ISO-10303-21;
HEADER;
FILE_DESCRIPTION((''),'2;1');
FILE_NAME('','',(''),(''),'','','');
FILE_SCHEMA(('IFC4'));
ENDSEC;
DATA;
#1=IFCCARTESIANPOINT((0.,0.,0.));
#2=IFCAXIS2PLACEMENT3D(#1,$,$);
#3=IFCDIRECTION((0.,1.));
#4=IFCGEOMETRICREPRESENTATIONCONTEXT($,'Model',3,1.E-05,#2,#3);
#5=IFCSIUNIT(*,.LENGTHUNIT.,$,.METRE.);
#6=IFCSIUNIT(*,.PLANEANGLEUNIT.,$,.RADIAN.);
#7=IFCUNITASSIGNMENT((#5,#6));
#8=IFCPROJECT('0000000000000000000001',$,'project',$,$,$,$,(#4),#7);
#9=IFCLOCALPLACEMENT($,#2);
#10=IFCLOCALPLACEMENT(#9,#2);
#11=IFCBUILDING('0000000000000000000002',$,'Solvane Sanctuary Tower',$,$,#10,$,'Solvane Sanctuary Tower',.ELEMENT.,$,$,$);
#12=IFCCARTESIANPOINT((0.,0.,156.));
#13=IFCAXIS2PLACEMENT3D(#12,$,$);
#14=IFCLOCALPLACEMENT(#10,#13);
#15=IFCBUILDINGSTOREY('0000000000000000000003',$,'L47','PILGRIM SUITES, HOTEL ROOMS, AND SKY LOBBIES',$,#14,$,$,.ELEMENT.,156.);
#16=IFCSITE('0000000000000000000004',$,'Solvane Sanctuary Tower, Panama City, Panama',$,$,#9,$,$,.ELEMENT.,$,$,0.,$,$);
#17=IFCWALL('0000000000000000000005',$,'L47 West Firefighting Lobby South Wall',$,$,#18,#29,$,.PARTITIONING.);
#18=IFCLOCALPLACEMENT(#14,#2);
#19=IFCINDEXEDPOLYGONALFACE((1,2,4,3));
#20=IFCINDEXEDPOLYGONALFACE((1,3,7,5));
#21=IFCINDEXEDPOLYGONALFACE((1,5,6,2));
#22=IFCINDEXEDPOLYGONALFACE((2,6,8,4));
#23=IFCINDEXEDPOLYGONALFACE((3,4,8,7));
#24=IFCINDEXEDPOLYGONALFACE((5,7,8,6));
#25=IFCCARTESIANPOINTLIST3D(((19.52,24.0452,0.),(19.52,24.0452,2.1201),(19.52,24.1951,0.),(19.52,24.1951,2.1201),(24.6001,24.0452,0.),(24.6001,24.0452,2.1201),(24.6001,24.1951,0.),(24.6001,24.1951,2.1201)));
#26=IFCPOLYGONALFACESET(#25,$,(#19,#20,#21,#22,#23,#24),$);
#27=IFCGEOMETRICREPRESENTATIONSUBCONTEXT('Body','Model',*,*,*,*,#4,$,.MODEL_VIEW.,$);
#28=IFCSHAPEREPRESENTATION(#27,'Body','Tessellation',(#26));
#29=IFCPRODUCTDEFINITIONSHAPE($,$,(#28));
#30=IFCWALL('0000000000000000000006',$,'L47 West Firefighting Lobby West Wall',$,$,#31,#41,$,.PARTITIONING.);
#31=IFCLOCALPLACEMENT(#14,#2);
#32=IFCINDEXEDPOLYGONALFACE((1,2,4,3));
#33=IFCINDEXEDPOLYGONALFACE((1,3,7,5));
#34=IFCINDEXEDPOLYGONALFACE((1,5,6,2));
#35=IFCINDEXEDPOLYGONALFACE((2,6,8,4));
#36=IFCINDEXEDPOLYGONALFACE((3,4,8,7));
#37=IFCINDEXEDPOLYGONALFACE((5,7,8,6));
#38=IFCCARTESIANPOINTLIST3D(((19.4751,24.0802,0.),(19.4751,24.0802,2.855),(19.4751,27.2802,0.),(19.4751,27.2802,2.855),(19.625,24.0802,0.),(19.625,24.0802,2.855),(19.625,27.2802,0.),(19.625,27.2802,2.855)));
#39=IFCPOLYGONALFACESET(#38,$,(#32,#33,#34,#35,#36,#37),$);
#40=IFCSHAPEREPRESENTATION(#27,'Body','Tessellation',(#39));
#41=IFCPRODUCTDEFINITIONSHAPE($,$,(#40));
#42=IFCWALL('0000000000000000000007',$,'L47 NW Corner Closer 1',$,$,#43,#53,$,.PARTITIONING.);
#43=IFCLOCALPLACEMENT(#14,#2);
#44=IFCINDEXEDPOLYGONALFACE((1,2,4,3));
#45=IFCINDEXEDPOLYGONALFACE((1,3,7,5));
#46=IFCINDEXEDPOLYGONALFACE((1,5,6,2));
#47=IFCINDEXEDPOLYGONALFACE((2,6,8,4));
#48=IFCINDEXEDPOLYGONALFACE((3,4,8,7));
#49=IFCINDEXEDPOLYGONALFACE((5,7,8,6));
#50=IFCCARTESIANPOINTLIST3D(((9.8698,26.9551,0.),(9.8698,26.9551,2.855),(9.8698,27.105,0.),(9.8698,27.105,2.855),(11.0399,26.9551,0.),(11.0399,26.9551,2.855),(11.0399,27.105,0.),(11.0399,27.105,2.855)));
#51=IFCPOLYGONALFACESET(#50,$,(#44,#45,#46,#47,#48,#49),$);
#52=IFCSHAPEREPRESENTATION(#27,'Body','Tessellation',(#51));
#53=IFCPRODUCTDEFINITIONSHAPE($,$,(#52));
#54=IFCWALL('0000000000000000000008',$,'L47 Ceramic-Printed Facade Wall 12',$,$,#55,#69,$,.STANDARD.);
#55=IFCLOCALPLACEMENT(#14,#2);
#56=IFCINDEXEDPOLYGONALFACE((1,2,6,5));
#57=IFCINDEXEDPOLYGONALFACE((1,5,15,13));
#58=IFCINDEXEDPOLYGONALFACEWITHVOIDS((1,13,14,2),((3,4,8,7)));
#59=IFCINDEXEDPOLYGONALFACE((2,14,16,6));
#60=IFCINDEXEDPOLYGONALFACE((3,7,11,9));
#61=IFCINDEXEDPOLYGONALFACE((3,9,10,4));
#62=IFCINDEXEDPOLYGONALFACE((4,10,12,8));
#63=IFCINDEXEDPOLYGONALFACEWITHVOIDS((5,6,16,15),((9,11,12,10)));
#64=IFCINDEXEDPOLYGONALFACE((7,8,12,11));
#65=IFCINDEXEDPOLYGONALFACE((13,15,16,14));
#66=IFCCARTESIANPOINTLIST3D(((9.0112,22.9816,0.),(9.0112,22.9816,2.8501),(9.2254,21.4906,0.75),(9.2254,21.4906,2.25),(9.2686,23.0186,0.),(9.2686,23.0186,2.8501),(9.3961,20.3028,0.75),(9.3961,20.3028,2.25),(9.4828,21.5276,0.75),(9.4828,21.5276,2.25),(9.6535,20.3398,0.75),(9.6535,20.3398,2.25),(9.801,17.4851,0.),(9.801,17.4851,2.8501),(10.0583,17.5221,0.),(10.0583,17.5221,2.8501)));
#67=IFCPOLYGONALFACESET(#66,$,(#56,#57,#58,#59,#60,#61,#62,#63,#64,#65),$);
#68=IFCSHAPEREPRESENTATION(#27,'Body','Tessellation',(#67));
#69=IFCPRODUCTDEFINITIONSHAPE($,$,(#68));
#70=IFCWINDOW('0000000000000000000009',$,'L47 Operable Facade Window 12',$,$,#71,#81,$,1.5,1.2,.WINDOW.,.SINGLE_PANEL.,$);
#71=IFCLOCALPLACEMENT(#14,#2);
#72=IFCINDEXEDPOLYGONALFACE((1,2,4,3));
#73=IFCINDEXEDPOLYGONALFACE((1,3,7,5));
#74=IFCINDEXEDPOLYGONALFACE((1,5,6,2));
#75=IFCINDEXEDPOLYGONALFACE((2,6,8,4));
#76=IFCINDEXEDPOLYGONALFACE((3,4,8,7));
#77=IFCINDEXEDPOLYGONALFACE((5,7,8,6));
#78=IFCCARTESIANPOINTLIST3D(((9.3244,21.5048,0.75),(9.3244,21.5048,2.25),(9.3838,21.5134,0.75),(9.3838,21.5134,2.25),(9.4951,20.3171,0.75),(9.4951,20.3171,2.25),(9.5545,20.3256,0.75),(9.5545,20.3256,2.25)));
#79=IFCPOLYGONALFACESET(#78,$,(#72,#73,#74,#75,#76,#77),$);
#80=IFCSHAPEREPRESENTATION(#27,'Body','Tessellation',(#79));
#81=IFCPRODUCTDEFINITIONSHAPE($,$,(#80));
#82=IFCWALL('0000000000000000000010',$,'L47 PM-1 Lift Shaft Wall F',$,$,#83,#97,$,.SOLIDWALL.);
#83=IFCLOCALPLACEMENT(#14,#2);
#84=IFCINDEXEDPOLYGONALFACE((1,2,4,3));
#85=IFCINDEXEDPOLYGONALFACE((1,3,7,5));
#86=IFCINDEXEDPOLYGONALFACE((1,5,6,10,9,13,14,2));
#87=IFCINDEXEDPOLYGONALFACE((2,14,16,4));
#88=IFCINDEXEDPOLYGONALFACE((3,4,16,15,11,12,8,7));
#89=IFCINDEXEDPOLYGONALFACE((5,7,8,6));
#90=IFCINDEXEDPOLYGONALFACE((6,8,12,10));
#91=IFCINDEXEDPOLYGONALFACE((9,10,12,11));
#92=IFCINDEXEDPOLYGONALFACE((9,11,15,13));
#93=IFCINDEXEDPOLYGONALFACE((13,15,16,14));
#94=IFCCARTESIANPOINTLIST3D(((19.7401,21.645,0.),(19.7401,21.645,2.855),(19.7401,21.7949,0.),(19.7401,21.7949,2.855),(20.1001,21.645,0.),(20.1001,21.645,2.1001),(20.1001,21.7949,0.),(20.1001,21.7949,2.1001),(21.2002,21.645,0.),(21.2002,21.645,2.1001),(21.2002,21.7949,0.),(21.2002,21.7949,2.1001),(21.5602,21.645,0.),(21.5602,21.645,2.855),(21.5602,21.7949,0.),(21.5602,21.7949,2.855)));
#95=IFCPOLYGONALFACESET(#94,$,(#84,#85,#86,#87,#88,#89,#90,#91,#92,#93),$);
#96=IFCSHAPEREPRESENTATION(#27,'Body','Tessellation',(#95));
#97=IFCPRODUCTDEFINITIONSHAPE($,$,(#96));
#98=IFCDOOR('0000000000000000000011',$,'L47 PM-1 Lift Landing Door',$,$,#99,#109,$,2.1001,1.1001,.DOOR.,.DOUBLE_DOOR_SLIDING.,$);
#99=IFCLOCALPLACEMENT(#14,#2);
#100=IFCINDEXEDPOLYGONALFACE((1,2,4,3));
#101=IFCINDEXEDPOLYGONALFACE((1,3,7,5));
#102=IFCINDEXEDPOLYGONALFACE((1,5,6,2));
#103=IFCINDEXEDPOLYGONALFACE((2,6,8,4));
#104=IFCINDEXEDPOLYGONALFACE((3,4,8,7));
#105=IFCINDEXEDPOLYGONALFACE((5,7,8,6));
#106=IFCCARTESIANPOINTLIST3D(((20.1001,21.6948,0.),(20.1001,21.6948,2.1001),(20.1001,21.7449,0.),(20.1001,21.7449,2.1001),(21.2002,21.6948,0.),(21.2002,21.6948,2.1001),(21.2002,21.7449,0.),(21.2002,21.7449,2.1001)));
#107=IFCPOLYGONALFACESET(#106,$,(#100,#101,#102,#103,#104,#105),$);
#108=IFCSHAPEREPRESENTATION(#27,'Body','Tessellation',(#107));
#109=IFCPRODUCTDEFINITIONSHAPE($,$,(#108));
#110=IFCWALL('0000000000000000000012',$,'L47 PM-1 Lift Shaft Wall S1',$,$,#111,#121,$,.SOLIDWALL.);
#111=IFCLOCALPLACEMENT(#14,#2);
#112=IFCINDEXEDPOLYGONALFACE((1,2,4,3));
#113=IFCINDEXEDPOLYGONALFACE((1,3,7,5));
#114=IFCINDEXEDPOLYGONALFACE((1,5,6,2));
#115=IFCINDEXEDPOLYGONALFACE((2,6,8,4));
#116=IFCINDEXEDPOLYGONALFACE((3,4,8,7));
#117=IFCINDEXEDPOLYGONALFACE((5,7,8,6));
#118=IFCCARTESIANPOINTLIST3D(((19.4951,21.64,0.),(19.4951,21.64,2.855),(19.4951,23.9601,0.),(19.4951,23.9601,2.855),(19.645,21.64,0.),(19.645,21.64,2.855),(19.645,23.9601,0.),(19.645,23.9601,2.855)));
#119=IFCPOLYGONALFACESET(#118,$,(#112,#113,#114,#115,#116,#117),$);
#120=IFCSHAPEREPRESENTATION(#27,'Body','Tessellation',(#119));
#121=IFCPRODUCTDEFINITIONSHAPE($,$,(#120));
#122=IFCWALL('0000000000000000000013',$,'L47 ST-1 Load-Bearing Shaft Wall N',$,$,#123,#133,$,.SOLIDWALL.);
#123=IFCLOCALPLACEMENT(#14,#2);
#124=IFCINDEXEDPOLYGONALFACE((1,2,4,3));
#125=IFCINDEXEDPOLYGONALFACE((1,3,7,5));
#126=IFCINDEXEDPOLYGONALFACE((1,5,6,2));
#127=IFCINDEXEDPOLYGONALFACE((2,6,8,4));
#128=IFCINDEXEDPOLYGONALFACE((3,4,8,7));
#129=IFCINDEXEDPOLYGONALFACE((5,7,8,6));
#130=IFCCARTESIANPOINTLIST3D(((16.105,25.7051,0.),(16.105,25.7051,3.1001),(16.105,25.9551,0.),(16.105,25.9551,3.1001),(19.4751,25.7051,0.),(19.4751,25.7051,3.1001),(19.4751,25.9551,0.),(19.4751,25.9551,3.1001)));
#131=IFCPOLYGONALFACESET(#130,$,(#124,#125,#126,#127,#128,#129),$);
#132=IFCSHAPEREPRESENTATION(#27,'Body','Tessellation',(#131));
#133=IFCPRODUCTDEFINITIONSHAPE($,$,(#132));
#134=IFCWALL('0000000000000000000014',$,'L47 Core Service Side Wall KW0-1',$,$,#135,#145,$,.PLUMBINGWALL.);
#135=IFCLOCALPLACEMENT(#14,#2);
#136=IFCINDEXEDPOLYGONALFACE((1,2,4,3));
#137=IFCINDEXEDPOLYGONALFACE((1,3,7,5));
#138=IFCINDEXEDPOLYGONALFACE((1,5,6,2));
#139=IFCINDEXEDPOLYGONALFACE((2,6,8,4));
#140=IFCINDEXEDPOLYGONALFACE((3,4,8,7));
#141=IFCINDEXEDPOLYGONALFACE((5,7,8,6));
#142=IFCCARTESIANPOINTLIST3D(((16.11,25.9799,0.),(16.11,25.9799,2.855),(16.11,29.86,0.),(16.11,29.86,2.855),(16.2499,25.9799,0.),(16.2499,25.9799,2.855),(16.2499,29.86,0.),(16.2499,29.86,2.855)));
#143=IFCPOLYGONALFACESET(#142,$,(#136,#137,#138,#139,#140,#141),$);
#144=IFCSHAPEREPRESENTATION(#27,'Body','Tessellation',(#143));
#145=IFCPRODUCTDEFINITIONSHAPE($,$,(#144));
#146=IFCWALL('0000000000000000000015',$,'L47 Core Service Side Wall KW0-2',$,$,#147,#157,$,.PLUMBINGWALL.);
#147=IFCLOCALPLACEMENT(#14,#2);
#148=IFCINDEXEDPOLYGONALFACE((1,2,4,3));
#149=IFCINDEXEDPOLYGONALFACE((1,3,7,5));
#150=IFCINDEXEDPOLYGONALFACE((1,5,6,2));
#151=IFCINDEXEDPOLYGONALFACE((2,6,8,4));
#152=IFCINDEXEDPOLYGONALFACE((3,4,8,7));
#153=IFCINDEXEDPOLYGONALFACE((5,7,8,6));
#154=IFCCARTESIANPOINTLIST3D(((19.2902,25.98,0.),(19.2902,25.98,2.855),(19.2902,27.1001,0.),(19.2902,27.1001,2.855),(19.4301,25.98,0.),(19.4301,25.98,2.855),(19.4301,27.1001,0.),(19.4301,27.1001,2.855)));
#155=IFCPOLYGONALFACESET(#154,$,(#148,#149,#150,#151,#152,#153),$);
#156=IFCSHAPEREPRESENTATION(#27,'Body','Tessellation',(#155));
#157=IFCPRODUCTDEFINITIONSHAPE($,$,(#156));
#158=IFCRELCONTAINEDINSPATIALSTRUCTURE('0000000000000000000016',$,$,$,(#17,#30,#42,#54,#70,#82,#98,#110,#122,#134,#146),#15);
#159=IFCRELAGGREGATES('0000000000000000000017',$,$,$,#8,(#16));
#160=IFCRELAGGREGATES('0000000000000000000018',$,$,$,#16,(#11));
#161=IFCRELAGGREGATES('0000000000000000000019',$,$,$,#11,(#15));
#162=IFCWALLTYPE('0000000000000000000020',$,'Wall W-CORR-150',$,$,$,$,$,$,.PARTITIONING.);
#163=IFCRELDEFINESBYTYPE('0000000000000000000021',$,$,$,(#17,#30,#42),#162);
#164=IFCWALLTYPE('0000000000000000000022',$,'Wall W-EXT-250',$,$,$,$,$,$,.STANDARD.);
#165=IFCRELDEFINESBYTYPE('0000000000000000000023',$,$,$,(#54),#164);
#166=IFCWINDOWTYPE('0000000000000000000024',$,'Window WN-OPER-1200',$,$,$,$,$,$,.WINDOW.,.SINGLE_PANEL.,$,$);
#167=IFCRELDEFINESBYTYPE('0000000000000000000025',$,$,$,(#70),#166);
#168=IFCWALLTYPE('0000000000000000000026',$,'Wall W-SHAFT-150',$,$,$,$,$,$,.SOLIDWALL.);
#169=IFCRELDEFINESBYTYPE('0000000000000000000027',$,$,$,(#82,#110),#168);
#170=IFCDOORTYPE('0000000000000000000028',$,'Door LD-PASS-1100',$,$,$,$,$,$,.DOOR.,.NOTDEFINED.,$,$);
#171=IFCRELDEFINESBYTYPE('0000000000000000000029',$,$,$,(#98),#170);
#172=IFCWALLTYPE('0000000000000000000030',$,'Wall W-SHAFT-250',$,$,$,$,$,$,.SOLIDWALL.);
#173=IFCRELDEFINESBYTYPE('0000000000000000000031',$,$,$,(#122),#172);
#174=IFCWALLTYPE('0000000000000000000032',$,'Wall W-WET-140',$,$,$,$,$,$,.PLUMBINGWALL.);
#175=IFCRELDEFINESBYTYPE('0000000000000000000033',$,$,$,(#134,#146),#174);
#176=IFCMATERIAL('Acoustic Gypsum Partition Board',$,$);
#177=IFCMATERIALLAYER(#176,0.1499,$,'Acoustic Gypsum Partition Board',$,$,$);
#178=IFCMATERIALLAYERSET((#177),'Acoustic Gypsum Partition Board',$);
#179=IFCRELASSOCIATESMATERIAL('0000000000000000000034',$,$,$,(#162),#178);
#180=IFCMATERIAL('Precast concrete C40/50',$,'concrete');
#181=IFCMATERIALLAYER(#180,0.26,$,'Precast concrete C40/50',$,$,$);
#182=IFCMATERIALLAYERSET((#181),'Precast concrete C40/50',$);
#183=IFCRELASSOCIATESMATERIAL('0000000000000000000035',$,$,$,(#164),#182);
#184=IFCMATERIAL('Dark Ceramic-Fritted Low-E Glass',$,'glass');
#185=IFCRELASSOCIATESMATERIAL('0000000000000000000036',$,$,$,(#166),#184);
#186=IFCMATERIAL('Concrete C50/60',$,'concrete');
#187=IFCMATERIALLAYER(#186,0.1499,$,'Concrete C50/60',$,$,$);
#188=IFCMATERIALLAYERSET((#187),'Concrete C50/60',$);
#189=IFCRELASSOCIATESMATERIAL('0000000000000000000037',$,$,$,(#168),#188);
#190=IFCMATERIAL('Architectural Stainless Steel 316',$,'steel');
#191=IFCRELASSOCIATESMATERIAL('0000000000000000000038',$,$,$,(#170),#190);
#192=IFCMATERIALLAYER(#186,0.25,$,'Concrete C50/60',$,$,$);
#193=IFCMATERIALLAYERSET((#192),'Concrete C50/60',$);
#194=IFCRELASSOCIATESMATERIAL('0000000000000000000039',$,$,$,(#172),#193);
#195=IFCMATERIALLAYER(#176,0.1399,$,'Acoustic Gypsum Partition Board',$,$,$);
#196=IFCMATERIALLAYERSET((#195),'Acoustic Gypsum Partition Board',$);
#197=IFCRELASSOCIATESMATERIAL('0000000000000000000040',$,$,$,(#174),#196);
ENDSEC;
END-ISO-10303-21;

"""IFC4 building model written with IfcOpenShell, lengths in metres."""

from ifc_helpers import new_model, si_unit, direction, frame, frame_2d, origin, place, context, subcontext, project, spatial, rectangle, extrude, material, layer, layer_set, type_object, element, fill, save


model = new_model("IFC4")

# Units and contexts
model_context = context("Model", 3, precision=1e-05, world=origin(), true_north=direction((0.0, 1.0)))
body_context = subcontext(model_context, "Body", "Model", "MODEL_VIEW")
ifc_project = project(units=[si_unit("LENGTHUNIT", "METRE"), si_unit("PLANEANGLEUNIT", "RADIAN")], contexts=[model_context])

# Site, building, storey
site_placement = place(None, origin())
site = spatial("IfcSite", under=ifc_project, at=site_placement, Name="Solvane Sanctuary Tower, Panama City, Panama", CompositionType="ELEMENT", RefElevation=0.0)
building_placement = place(site_placement, origin())
building = spatial("IfcBuilding", under=site, at=building_placement, Name="Solvane Sanctuary Tower", LongName="Solvane Sanctuary Tower", CompositionType="ELEMENT")
storey_placement = place(building_placement, frame((0.0, 0.0, 156.0)))
storey = spatial("IfcBuildingStorey", under=building, at=storey_placement, Name="L47", Description="PILGRIM SUITES, HOTEL ROOMS, AND SKY LOBBIES", CompositionType="ELEMENT", Elevation=156.0)

# Walls
ifc_material_1 = material(Name="Acoustic Gypsum Partition Board")
ifc_layer_1 = layer(ifc_material_1, 0.1499, Name="Acoustic Gypsum Partition Board")
ifc_layer_set_1 = layer_set([ifc_layer_1], Name="Acoustic Gypsum Partition Board")
wall_type_1 = type_object("IfcWallType", Name="Wall W-CORR-150", PredefinedType="PARTITIONING", material=ifc_layer_set_1)
wall_1_placement = place(storey_placement, frame((19.52, 24.1201, 0.0), z_axis=(0.0, 0.0, 1.0), x_axis=(1.0, 0.0, 0.0)))
element("IfcWall", 1, at=wall_1_placement, inside=storey, type_object=wall_type_1, Name="L47 West Firefighting Lobby South Wall", PredefinedType="PARTITIONING", context=body_context, shape_type="SweptSolid", body=[
    extrude(rectangle(XDim=5.0801, YDim=0.1499, at=frame_2d((2.54, 0.0))), origin(), (0.0, 0.0, 1.0), 2.1201),
])
wall_2_placement = place(storey_placement, frame((19.55, 24.0801, 0.0), z_axis=(0.0, 0.0, 1.0), x_axis=(0.0, 1.0, 0.0)))
element("IfcWall", 2, at=wall_2_placement, inside=storey, type_object=wall_type_1, Name="L47 West Firefighting Lobby West Wall", PredefinedType="PARTITIONING", context=body_context, shape_type="SweptSolid", body=[
    extrude(rectangle(XDim=3.2, YDim=0.1499, at=frame_2d((1.6001, 0.0))), origin(), (0.0, 0.0, 1.0), 2.855),
])
wall_3_placement = place(storey_placement, frame((9.8699, 27.03, 0.0), z_axis=(0.0, 0.0, 1.0), x_axis=(1.0, 0.0, 0.0)))
element("IfcWall", 3, at=wall_3_placement, inside=storey, type_object=wall_type_1, Name="L47 NW Corner Closer 1", PredefinedType="PARTITIONING", context=body_context, shape_type="SweptSolid", body=[
    extrude(rectangle(XDim=1.1702, YDim=0.1499, at=frame_2d((0.585, 0.0))), origin(), (0.0, 0.0, 1.0), 2.855),
])

# Wall, opening, window
ifc_material_2 = material(Name="Precast concrete C40/50", Category="concrete")
ifc_layer_2 = layer(ifc_material_2, 0.26, Name="Precast concrete C40/50")
ifc_layer_set_2 = layer_set([ifc_layer_2], Name="Precast concrete C40/50")
wall_type_2 = type_object("IfcWallType", Name="Wall W-EXT-250", PredefinedType="STANDARD", material=ifc_layer_set_2)
wall_4_placement = place(storey_placement, frame((9.1399, 23.0, 0.0), z_axis=(0.0, 0.0, 1.0), x_axis=(0.142228, -0.989834, 0.0)))
wall_4 = element("IfcWall", 4, at=wall_4_placement, inside=storey, type_object=wall_type_2, Name="L47 Ceramic-Printed Facade Wall 12", PredefinedType="STANDARD", context=body_context, shape_type="SweptSolid", body=[
    extrude(rectangle(XDim=5.553, YDim=0.26, at=frame_2d((2.7764, 0.0))), origin(), (0.0, 0.0, 1.0), 2.8501),
])
opening_1_placement = place(wall_4_placement, frame((1.5061, 0.0, 0.75)))
opening_1 = element("IfcOpeningElement", 5, at=opening_1_placement, cuts=wall_4, PredefinedType="OPENING", context=body_context, shape_type="SweptSolid", body=[
    extrude(rectangle(XDim=1.2, YDim=1.5, at=frame_2d((0.6001, 0.75))), frame((0.0, 0.1399, 0.0), z_axis=(0.0, -1.0, 0.0), x_axis=(1.0, 0.0, 0.0)), (0.0, 0.0, 1.0), 0.28),
])
ifc_material_3 = material(Name="Dark Ceramic-Fritted Low-E Glass", Category="glass")
window_type = type_object("IfcWindowType", Name="Window WN-OPER-1200", PartitioningType="SINGLE_PANEL", PredefinedType="WINDOW", material=ifc_material_3)
window_placement = place(opening_1_placement, origin())
window = element("IfcWindow", 6, at=window_placement, inside=storey, type_object=window_type, Name="L47 Operable Facade Window 12", OverallHeight=1.5, OverallWidth=1.2, PartitioningType="SINGLE_PANEL", PredefinedType="WINDOW", context=body_context, shape_type="SweptSolid", body=[
    extrude(rectangle(XDim=1.2, YDim=1.5, at=frame_2d((0.6001, 0.75))), frame((0.0, 0.03, 0.0), z_axis=(0.0, -1.0, 0.0), x_axis=(1.0, 0.0, 0.0)), (0.0, 0.0, 1.0), 0.0601),
])
fill(opening_1, window)

# Wall, opening, door
ifc_material_4 = material(Name="Concrete C50/60", Category="concrete")
ifc_layer_3 = layer(ifc_material_4, 0.1499, Name="Concrete C50/60")
ifc_layer_set_3 = layer_set([ifc_layer_3], Name="Concrete C50/60")
wall_type_3 = type_object("IfcWallType", Name="Wall W-SHAFT-150", PredefinedType="SOLIDWALL", material=ifc_layer_set_3)
wall_5_placement = place(storey_placement, frame((19.74, 21.72, 0.0), z_axis=(0.0, 0.0, 1.0), x_axis=(1.0, 0.0, 0.0)))
wall_5 = element("IfcWall", 7, at=wall_5_placement, inside=storey, type_object=wall_type_3, Name="L47 PM-1 Lift Shaft Wall F", PredefinedType="SOLIDWALL", context=body_context, shape_type="SweptSolid", body=[
    extrude(rectangle(XDim=1.8201, YDim=0.1499, at=frame_2d((0.9102, 0.0))), origin(), (0.0, 0.0, 1.0), 2.855),
])
opening_2_placement = place(wall_5_placement, frame((0.3601, 0.0, 0.0)))
opening_2 = element("IfcOpeningElement", 8, at=opening_2_placement, cuts=wall_5, PredefinedType="OPENING", context=body_context, shape_type="SweptSolid", body=[
    extrude(rectangle(XDim=1.1001, YDim=2.1001, at=frame_2d((0.55, 1.05))), frame((0.0, 0.085, 0.0), z_axis=(0.0, -1.0, 0.0), x_axis=(1.0, 0.0, 0.0)), (0.0, 0.0, 1.0), 0.1699),
])
ifc_material_5 = material(Name="Architectural Stainless Steel 316", Category="steel")
door_type = type_object("IfcDoorType", Name="Door LD-PASS-1100", OperationType="NOTDEFINED", PredefinedType="DOOR", material=ifc_material_5)
door_placement = place(opening_2_placement, origin())
door = element("IfcDoor", 9, at=door_placement, inside=storey, type_object=door_type, Name="L47 PM-1 Lift Landing Door", OperationType="DOUBLE_DOOR_SLIDING", OverallHeight=2.1001, OverallWidth=1.1001, PredefinedType="DOOR", context=body_context, shape_type="SweptSolid", body=[
    extrude(rectangle(XDim=1.1001, YDim=2.1001, at=frame_2d((0.55, 1.05))), frame((0.0, 0.0249, 0.0), z_axis=(0.0, -1.0, 0.0), x_axis=(1.0, 0.0, 0.0)), (0.0, 0.0, 1.0), 0.05),
])
fill(opening_2, door)

# Walls
wall_6_placement = place(storey_placement, frame((19.5701, 21.6399, 0.0), z_axis=(0.0, 0.0, 1.0), x_axis=(0.0, 1.0, 0.0)))
element("IfcWall", 10, at=wall_6_placement, inside=storey, type_object=wall_type_3, Name="L47 PM-1 Lift Shaft Wall S1", PredefinedType="SOLIDWALL", context=body_context, shape_type="SweptSolid", body=[
    extrude(rectangle(XDim=2.3201, YDim=0.1499, at=frame_2d((1.1602, 0.0))), origin(), (0.0, 0.0, 1.0), 2.855),
])
ifc_layer_4 = layer(ifc_material_4, 0.25, Name="Concrete C50/60")
ifc_layer_set_4 = layer_set([ifc_layer_4], Name="Concrete C50/60")
wall_type_4 = type_object("IfcWallType", Name="Wall W-SHAFT-250", PredefinedType="SOLIDWALL", material=ifc_layer_set_4)
wall_7_placement = place(storey_placement, frame((16.105, 25.8301, 0.0), z_axis=(0.0, 0.0, 1.0), x_axis=(1.0, 0.0, 0.0)))
element("IfcWall", 11, at=wall_7_placement, inside=storey, type_object=wall_type_4, Name="L47 ST-1 Load-Bearing Shaft Wall N", PredefinedType="SOLIDWALL", context=body_context, shape_type="SweptSolid", body=[
    extrude(rectangle(XDim=3.3701, YDim=0.25, at=frame_2d((1.6851, 0.0))), origin(), (0.0, 0.0, 1.0), 3.1001),
])
ifc_layer_5 = layer(ifc_material_1, 0.1399, Name="Acoustic Gypsum Partition Board")
ifc_layer_set_5 = layer_set([ifc_layer_5], Name="Acoustic Gypsum Partition Board")
wall_type_5 = type_object("IfcWallType", Name="Wall W-WET-140", PredefinedType="PLUMBINGWALL", material=ifc_layer_set_5)
wall_8_placement = place(storey_placement, frame((16.1799, 25.98, 0.0), z_axis=(0.0, 0.0, 1.0), x_axis=(0.0, 1.0, 0.0)))
element("IfcWall", 12, at=wall_8_placement, inside=storey, type_object=wall_type_5, Name="L47 Core Service Side Wall KW0-1", PredefinedType="PLUMBINGWALL", context=body_context, shape_type="SweptSolid", body=[
    extrude(rectangle(XDim=3.8801, YDim=0.1399, at=frame_2d((1.9399, 0.0))), origin(), (0.0, 0.0, 1.0), 2.855),
])
wall_9_placement = place(storey_placement, frame((19.3601, 25.98, 0.0), z_axis=(0.0, 0.0, 1.0), x_axis=(0.0, 1.0, 0.0)))
element("IfcWall", 13, at=wall_9_placement, inside=storey, type_object=wall_type_5, Name="L47 Core Service Side Wall KW0-2", PredefinedType="PLUMBINGWALL", context=body_context, shape_type="SweptSolid", body=[
    extrude(rectangle(XDim=1.1201, YDim=0.1399, at=frame_2d((0.5601, 0.0))), origin(), (0.0, 0.0, 1.0), 2.855),
])

save(model, "model.ifc")
